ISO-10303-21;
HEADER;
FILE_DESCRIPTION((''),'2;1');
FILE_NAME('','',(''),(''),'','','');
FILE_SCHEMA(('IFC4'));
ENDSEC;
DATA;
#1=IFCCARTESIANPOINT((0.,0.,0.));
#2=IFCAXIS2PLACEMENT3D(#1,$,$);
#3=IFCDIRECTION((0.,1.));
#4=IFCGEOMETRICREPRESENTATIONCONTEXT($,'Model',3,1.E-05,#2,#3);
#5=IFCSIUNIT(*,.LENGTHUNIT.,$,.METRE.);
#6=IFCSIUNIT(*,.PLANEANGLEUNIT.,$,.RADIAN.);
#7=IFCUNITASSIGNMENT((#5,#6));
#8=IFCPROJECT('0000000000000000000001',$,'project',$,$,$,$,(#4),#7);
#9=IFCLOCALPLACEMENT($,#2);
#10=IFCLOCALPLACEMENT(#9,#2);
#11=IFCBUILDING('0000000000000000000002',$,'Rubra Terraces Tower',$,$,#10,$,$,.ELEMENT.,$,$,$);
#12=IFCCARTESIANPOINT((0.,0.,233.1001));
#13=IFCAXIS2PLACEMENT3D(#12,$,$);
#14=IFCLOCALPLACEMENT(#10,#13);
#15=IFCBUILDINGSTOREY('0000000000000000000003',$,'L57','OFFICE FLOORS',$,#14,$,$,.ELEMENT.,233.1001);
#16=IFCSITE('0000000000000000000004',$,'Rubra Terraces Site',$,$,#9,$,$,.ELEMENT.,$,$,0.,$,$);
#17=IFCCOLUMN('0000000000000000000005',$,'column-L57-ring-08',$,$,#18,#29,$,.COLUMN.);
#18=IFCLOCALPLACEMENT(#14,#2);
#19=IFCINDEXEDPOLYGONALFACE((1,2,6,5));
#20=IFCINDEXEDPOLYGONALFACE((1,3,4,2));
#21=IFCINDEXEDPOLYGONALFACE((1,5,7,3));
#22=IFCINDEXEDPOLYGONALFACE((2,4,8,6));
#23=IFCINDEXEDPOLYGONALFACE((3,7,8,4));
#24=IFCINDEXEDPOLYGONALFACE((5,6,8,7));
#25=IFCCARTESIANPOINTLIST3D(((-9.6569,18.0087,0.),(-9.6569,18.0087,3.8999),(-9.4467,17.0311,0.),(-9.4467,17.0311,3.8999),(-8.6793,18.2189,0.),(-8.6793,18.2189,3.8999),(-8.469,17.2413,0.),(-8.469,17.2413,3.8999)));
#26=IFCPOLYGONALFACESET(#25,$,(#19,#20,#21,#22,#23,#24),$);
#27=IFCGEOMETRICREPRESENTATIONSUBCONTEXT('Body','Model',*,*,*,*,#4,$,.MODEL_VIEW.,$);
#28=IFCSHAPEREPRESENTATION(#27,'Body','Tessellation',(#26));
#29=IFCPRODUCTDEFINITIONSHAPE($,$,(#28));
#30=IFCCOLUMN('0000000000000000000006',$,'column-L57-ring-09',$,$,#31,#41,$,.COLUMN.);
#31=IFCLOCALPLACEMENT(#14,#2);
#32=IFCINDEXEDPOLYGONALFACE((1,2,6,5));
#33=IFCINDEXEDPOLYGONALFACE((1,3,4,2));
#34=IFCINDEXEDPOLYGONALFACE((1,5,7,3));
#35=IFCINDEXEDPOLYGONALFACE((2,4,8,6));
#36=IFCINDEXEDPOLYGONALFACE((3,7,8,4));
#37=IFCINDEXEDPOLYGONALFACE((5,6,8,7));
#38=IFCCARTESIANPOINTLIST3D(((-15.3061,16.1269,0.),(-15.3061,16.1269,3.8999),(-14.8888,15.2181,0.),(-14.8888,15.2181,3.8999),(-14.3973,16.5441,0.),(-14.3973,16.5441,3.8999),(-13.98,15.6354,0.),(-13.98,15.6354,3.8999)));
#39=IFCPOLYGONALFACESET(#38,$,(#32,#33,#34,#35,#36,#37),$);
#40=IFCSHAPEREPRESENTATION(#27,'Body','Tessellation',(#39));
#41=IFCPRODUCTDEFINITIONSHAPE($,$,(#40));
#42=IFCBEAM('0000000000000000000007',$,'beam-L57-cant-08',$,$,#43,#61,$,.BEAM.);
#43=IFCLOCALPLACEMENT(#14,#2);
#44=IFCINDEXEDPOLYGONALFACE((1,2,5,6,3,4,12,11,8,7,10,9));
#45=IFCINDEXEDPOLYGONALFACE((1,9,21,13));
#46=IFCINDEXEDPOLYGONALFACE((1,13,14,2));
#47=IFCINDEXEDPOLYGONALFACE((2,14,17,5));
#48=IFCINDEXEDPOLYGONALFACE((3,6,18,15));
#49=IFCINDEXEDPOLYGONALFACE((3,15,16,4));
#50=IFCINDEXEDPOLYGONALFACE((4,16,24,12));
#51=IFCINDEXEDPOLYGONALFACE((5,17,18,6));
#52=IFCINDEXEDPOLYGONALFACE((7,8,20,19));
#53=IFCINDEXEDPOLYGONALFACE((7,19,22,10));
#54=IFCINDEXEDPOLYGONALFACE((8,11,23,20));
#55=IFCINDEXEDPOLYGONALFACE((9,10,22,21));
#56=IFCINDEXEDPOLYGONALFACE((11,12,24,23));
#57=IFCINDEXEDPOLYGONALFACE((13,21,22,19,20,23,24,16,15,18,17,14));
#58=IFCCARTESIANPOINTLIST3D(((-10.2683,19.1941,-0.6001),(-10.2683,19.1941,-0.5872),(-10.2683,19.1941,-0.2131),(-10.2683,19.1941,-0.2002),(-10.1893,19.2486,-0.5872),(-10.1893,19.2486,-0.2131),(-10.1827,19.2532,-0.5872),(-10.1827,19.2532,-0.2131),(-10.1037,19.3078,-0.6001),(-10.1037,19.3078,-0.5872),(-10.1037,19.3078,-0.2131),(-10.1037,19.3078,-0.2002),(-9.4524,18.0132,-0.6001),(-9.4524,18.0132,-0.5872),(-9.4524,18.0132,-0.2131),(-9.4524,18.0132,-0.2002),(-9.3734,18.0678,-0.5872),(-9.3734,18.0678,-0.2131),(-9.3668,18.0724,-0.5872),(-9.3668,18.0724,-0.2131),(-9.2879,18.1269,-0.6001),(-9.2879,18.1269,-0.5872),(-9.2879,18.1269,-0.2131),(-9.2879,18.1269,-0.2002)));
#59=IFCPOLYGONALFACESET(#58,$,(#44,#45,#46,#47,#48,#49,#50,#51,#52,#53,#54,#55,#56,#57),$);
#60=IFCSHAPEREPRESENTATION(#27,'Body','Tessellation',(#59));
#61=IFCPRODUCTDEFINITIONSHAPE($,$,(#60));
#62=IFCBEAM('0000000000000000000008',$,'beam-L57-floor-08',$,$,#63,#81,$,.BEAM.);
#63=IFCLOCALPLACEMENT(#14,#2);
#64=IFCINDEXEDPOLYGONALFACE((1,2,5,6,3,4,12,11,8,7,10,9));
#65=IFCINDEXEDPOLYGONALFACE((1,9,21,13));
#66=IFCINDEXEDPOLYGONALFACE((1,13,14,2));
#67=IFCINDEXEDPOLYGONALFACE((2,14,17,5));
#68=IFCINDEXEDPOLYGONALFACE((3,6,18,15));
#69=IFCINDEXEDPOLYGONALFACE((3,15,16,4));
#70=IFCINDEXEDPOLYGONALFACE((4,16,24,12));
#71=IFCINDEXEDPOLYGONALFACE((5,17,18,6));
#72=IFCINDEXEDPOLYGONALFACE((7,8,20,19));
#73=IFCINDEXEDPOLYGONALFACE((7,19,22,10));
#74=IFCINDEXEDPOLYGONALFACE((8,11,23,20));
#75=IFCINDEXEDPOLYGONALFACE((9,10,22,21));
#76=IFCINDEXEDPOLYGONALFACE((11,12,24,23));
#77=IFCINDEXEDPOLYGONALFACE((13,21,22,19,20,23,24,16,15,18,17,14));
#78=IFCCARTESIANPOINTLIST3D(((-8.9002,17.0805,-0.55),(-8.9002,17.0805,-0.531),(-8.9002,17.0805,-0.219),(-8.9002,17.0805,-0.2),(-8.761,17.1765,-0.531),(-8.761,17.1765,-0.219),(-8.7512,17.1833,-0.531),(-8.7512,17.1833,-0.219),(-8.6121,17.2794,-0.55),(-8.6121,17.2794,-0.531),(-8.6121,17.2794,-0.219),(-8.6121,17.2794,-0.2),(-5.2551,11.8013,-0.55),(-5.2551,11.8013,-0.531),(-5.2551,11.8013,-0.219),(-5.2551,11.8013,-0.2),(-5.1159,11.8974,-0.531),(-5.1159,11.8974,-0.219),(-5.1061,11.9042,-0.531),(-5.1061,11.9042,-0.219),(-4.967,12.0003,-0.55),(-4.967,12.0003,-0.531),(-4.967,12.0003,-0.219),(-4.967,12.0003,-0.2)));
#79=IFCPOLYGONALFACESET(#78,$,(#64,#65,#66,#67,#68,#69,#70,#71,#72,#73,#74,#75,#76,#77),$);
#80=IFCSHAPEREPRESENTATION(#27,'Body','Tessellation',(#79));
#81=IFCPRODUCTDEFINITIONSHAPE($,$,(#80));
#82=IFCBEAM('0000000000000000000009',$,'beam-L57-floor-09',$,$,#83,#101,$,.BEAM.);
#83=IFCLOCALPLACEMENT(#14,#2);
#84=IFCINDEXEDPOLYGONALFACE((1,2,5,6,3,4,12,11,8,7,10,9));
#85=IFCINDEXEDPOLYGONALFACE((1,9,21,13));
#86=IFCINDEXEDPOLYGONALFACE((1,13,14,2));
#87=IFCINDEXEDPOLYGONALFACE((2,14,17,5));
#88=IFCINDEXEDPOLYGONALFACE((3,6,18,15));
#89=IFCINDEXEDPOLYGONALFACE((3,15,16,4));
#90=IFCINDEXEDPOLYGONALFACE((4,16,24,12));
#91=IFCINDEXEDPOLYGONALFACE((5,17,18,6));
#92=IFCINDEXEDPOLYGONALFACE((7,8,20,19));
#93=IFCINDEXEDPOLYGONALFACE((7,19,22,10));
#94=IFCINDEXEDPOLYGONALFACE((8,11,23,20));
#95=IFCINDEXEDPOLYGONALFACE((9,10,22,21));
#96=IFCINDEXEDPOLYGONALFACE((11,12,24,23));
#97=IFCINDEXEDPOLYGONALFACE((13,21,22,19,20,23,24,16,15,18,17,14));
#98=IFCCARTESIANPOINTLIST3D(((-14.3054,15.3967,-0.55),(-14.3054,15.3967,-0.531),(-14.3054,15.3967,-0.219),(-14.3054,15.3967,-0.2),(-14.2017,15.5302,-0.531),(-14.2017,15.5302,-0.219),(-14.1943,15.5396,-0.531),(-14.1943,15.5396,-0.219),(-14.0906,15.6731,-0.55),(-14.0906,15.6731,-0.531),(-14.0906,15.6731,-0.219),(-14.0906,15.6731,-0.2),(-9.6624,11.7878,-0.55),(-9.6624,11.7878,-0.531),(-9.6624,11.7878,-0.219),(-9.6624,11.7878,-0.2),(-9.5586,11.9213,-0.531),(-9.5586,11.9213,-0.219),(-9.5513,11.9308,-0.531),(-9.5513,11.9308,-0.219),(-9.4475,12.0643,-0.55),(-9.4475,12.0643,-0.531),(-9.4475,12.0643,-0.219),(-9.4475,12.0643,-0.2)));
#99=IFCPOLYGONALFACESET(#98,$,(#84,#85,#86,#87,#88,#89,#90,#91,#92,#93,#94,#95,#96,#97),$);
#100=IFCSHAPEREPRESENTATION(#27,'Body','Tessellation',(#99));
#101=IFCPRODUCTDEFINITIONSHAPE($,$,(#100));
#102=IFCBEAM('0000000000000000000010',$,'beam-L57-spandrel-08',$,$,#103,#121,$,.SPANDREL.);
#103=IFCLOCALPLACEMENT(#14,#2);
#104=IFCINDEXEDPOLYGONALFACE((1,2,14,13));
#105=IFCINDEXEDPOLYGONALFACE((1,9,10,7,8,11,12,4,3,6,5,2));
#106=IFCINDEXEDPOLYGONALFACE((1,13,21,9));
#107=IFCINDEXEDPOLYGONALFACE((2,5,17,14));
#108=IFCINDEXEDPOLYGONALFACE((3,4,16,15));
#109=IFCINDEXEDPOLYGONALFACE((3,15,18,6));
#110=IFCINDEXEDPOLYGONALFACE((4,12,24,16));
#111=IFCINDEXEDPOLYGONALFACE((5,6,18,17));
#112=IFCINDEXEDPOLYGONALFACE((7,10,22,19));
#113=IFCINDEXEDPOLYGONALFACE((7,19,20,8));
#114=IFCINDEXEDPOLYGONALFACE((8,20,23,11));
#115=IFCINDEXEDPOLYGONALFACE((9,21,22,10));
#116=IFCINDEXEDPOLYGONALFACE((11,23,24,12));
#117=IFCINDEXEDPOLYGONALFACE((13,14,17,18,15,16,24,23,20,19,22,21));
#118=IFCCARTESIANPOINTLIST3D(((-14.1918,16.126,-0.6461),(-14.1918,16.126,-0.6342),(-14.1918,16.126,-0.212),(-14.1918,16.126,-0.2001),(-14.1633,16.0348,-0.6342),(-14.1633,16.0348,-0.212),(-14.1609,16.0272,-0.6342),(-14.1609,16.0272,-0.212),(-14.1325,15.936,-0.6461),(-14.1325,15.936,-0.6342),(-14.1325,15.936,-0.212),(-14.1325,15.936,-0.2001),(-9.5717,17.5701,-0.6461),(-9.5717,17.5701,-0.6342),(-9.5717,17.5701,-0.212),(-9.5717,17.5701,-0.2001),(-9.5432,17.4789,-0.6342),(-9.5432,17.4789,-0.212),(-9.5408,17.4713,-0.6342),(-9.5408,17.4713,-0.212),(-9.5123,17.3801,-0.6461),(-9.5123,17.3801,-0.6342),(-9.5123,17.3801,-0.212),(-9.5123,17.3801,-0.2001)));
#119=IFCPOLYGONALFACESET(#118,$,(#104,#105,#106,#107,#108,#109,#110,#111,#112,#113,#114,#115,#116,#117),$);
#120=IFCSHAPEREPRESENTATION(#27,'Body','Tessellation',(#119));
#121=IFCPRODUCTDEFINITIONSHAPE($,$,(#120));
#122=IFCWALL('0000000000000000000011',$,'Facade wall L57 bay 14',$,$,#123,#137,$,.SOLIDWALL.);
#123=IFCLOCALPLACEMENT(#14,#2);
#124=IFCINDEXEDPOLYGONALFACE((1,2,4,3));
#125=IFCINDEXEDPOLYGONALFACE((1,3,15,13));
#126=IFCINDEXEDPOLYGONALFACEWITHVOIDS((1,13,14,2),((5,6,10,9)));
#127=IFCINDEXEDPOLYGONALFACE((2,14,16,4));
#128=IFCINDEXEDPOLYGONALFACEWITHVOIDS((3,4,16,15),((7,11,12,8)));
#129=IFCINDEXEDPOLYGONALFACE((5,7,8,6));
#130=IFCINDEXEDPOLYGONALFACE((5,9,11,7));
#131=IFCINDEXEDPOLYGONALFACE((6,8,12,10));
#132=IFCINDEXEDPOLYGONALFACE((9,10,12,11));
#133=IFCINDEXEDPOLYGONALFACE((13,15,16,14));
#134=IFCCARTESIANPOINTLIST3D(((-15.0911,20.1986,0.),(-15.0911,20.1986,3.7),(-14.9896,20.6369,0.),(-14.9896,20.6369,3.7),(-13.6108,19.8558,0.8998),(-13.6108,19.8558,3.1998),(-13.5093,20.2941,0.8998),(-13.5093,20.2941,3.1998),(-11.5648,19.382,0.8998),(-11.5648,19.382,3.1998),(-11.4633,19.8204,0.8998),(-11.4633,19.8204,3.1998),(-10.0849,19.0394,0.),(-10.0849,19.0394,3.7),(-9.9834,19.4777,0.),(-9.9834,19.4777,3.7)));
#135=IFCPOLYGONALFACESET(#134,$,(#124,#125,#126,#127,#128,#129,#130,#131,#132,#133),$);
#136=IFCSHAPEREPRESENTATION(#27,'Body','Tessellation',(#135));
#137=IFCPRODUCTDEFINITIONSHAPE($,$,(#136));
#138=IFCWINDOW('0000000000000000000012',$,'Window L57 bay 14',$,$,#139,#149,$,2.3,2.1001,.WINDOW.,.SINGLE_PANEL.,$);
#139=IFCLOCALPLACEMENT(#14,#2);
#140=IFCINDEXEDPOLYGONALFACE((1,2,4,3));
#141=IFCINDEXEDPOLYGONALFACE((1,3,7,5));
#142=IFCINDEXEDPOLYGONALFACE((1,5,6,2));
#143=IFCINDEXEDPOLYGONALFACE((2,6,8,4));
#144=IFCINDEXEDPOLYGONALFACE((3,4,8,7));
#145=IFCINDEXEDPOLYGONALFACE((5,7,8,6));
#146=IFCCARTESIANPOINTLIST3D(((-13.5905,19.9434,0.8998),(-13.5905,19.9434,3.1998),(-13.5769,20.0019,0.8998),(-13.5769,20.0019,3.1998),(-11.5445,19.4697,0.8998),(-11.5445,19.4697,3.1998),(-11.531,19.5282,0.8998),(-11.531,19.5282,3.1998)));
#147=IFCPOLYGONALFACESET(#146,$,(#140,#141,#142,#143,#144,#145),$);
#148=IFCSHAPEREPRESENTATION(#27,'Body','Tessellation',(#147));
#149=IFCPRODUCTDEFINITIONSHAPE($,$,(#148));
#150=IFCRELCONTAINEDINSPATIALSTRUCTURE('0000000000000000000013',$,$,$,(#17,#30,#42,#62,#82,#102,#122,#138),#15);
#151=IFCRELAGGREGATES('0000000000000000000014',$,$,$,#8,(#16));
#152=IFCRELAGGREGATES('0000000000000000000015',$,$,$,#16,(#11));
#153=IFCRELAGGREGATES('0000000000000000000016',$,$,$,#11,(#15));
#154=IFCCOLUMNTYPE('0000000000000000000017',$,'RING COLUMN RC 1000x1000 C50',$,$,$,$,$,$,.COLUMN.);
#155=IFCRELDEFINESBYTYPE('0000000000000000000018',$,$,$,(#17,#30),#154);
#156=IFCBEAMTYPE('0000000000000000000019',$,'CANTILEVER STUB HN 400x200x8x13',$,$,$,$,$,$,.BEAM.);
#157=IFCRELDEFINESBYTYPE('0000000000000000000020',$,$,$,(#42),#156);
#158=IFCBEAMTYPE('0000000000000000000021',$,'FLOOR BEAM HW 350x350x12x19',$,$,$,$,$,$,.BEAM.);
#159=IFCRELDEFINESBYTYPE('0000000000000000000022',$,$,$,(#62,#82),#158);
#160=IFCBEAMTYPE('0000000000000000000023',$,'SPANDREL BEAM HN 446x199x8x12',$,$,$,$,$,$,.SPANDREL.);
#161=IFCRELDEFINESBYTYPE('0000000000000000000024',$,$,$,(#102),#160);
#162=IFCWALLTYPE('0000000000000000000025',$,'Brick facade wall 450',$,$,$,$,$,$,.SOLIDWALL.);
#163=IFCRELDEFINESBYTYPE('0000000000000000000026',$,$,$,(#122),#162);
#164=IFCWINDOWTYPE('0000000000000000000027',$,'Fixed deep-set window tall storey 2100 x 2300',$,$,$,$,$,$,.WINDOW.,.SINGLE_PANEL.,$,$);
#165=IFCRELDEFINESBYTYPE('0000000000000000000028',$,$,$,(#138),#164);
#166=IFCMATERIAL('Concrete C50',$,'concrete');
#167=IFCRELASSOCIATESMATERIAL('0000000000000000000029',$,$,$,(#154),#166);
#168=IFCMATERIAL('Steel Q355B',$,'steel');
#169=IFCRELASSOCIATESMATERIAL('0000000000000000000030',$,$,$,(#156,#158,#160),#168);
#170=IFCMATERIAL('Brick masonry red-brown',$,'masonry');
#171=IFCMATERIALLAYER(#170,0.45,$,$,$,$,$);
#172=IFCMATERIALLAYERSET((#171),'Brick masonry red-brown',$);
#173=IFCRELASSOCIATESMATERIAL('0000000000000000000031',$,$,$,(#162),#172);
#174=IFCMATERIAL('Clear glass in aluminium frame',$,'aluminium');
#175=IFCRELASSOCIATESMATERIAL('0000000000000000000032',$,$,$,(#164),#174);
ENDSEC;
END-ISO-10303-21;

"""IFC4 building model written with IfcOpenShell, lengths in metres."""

from ifc_helpers import new_model, si_unit, direction, frame, frame_2d, origin, origin_2d, place, context, subcontext, project, spatial, rectangle, i_section, extrude, material, layer, layer_set, material_profile, profile_set, type_object, element, fill, save


model = new_model("IFC4")

# Units and contexts
model_context = context("Model", 3, precision=1e-05, world=origin(), true_north=direction((0.0, 1.0)))
body_context = subcontext(model_context, "Body", "Model", "MODEL_VIEW")
ifc_project = project(units=[si_unit("LENGTHUNIT", "METRE"), si_unit("PLANEANGLEUNIT", "RADIAN")], contexts=[model_context])

# Site, building, storey
site_placement = place(None, origin())
site = spatial("IfcSite", under=ifc_project, at=site_placement, Name="Rubra Terraces Site", CompositionType="ELEMENT", RefElevation=0.0)
building_placement = place(site_placement, origin())
building = spatial("IfcBuilding", under=site, at=building_placement, Name="Rubra Terraces Tower", CompositionType="ELEMENT")
storey_placement = place(building_placement, frame((0.0, 0.0, 233.1001)))
storey = spatial("IfcBuildingStorey", under=building, at=storey_placement, Name="L57", Description="OFFICE FLOORS", CompositionType="ELEMENT", Elevation=233.1001)

# Columns
ifc_material_1 = material(Name="Concrete C50", Category="concrete")
ifc_material_profile_1 = material_profile(ifc_material_1, rectangle(XDim=1.0, YDim=1.0, at=origin_2d()), Name="RC 1000x1000")
ifc_profile_set_1 = profile_set([ifc_material_profile_1], Name="Concrete C50")
column_type = type_object("IfcColumnType", Name="RING COLUMN RC 1000x1000 C50", PredefinedType="COLUMN", material=ifc_profile_set_1)
for number, where, z_axis, x_axis, name in (
    (1, (-9.063, 17.625, 0.0), (0.0, 0.0, 1.0), (-0.977653, -0.210227, 0.0), "column-L57-ring-08"),
    (2, (-14.6431, 15.8811, 0.0), (0.0, 0.0, 1.0), (-0.908779, -0.417279, 0.0), "column-L57-ring-09"),
):
    element("IfcColumn", number, at=place(storey_placement, frame(where, z_axis=z_axis, x_axis=x_axis)), inside=storey, type_object=column_type, Name=name, PredefinedType="COLUMN", context=body_context, shape_type="SweptSolid", body=[
        extrude(rectangle(XDim=1.0, YDim=1.0, at=origin_2d()), origin(), (0.0, 0.0, 1.0), 3.8999),
    ])

# Beams
ifc_material_2 = material(Name="Steel Q355B", Category="steel")
ifc_material_profile_2 = material_profile(ifc_material_2, i_section(OverallWidth=0.2, OverallDepth=0.3999, WebThickness=0.0081, FlangeThickness=0.0129, at=origin_2d()), Name="HN 400x200x8x13")
ifc_profile_set_2 = profile_set([ifc_material_profile_2], Name="Steel Q355B")
beam_type_1 = type_object("IfcBeamType", Name="CANTILEVER STUB HN 400x200x8x13", PredefinedType="BEAM", material=ifc_profile_set_2)
beam_1_placement = place(storey_placement, frame((-9.3701, 18.0701, -0.4001), z_axis=(-0.56844, 0.822725, 0.0), x_axis=(-0.822725, -0.56844, 0.0)))
element("IfcBeam", 3, at=beam_1_placement, inside=storey, type_object=beam_type_1, Name="beam-L57-cant-08", PredefinedType="BEAM", context=body_context, shape_type="SweptSolid", body=[
    extrude(i_section(OverallWidth=0.2, OverallDepth=0.3999, WebThickness=0.0081, FlangeThickness=0.0129, at=origin_2d()), origin(), (0.0, 0.0, 1.0), 1.4353),
])
ifc_material_profile_3 = material_profile(ifc_material_2, i_section(OverallWidth=0.3501, OverallDepth=0.3501, WebThickness=0.012, FlangeThickness=0.019, at=origin_2d()), Name="HW 350x350x12x19")
ifc_profile_set_3 = profile_set([ifc_material_profile_3], Name="Steel Q355B")
beam_type_2 = type_object("IfcBeamType", Name="FLOOR BEAM HW 350x350x12x19", PredefinedType="BEAM", material=ifc_profile_set_3)
beam_2_placement = place(storey_placement, frame((-8.7561, 17.1799, -0.375), z_axis=(0.568186, -0.8229, 0.0), x_axis=(0.8229, 0.568186, 0.0)))
element("IfcBeam", 4, at=beam_2_placement, inside=storey, type_object=beam_type_2, Name="beam-L57-floor-08", PredefinedType="BEAM", context=body_context, shape_type="SweptSolid", body=[
    extrude(i_section(OverallWidth=0.3501, OverallDepth=0.3501, WebThickness=0.012, FlangeThickness=0.019, at=origin_2d()), origin(), (0.0, 0.0, 1.0), 6.4153),
])
beam_3_placement = place(storey_placement, frame((-14.198, 15.5349, -0.375), z_axis=(0.789549, -0.613688, 0.0), x_axis=(0.613688, 0.789549, 0.0)))
element("IfcBeam", 5, at=beam_3_placement, inside=storey, type_object=beam_type_2, Name="beam-L57-floor-09", PredefinedType="BEAM", context=body_context, shape_type="SweptSolid", body=[
    extrude(i_section(OverallWidth=0.3501, OverallDepth=0.3501, WebThickness=0.012, FlangeThickness=0.019, at=origin_2d()), origin(), (0.0, 0.0, 1.0), 5.8806),
])
ifc_material_profile_4 = material_profile(ifc_material_2, i_section(OverallWidth=0.199, OverallDepth=0.446, WebThickness=0.0081, FlangeThickness=0.012, at=origin_2d()), Name="HN 446x199x8x12")
ifc_profile_set_4 = profile_set([ifc_material_profile_4], Name="Steel Q355B")
beam_type_3 = type_object("IfcBeamType", Name="SPANDREL BEAM HN 446x199x8x12", PredefinedType="SPANDREL", material=ifc_profile_set_4)
beam_4_placement = place(storey_placement, frame((-9.542, 17.4751, -0.4231), z_axis=(-0.954462, -0.298332, 0.0), x_axis=(0.298332, -0.954462, 0.0)))
element("IfcBeam", 6, at=beam_4_placement, inside=storey, type_object=beam_type_3, Name="beam-L57-spandrel-08", PredefinedType="SPANDREL", context=body_context, shape_type="SweptSolid", body=[
    extrude(i_section(OverallWidth=0.199, OverallDepth=0.446, WebThickness=0.0081, FlangeThickness=0.012, at=origin_2d()), origin(), (0.0, 0.0, 1.0), 4.8406),
])

# Wall, opening, window
ifc_material_3 = material(Name="Brick masonry red-brown", Category="masonry")
ifc_layer_1 = layer(ifc_material_3, 0.45)
ifc_layer_set_1 = layer_set([ifc_layer_1], Name="Brick masonry red-brown")
wall_type_1 = type_object("IfcWallType", Name="Brick facade wall 450", PredefinedType="SOLIDWALL", material=ifc_layer_set_1)
wall_1_placement = place(storey_placement, frame((-10.0342, 19.2585, 0.0), z_axis=(0.0, 0.0, 1.0), x_axis=(-0.974224, 0.225585, 0.0)))
wall_1 = element("IfcWall", 7, at=wall_1_placement, inside=storey, type_object=wall_type_1, Name="Facade wall L57 bay 14", PredefinedType="SOLIDWALL", context=body_context, shape_type="SweptSolid", body=[
    extrude(rectangle(XDim=5.1387, YDim=0.45, at=frame_2d((2.5693, 0.0))), origin(), (0.0, 0.0, 1.0), 3.7),
])
opening_1_placement = place(wall_1_placement, frame((1.519, 0.0, 0.8999)))
opening_1 = element("IfcOpeningElement", 8, at=opening_1_placement, cuts=wall_1, PredefinedType="OPENING", context=body_context, shape_type="SweptSolid", body=[
    extrude(rectangle(XDim=2.1001, YDim=2.3, at=frame_2d((1.05, 1.1499))), frame((0.0, 0.2349, 0.0), z_axis=(0.0, -1.0, 0.0), x_axis=(1.0, 0.0, 0.0)), (0.0, 0.0, 1.0), 0.47),
])
ifc_material_4 = material(Name="Clear glass in aluminium frame", Category="aluminium")
window_type_1 = type_object("IfcWindowType", Name="Fixed deep-set window tall storey 2100 x 2300", PartitioningType="SINGLE_PANEL", PredefinedType="WINDOW", material=ifc_material_4)
window_1_placement = place(opening_1_placement, origin())
window_1 = element("IfcWindow", 9, at=window_1_placement, inside=storey, type_object=window_type_1, Name="Window L57 bay 14", OverallHeight=2.3, OverallWidth=2.1001, PartitioningType="SINGLE_PANEL", PredefinedType="WINDOW", context=body_context, shape_type="SweptSolid", body=[
    extrude(rectangle(XDim=2.1001, YDim=2.3, at=frame_2d((1.05, 1.1499))), frame((0.0, 0.135, 0.0), z_axis=(0.0, -1.0, 0.0), x_axis=(1.0, 0.0, 0.0)), (0.0, 0.0, 1.0), 0.0601),
])
fill(opening_1, window_1)

save(model, "model.ifc")
